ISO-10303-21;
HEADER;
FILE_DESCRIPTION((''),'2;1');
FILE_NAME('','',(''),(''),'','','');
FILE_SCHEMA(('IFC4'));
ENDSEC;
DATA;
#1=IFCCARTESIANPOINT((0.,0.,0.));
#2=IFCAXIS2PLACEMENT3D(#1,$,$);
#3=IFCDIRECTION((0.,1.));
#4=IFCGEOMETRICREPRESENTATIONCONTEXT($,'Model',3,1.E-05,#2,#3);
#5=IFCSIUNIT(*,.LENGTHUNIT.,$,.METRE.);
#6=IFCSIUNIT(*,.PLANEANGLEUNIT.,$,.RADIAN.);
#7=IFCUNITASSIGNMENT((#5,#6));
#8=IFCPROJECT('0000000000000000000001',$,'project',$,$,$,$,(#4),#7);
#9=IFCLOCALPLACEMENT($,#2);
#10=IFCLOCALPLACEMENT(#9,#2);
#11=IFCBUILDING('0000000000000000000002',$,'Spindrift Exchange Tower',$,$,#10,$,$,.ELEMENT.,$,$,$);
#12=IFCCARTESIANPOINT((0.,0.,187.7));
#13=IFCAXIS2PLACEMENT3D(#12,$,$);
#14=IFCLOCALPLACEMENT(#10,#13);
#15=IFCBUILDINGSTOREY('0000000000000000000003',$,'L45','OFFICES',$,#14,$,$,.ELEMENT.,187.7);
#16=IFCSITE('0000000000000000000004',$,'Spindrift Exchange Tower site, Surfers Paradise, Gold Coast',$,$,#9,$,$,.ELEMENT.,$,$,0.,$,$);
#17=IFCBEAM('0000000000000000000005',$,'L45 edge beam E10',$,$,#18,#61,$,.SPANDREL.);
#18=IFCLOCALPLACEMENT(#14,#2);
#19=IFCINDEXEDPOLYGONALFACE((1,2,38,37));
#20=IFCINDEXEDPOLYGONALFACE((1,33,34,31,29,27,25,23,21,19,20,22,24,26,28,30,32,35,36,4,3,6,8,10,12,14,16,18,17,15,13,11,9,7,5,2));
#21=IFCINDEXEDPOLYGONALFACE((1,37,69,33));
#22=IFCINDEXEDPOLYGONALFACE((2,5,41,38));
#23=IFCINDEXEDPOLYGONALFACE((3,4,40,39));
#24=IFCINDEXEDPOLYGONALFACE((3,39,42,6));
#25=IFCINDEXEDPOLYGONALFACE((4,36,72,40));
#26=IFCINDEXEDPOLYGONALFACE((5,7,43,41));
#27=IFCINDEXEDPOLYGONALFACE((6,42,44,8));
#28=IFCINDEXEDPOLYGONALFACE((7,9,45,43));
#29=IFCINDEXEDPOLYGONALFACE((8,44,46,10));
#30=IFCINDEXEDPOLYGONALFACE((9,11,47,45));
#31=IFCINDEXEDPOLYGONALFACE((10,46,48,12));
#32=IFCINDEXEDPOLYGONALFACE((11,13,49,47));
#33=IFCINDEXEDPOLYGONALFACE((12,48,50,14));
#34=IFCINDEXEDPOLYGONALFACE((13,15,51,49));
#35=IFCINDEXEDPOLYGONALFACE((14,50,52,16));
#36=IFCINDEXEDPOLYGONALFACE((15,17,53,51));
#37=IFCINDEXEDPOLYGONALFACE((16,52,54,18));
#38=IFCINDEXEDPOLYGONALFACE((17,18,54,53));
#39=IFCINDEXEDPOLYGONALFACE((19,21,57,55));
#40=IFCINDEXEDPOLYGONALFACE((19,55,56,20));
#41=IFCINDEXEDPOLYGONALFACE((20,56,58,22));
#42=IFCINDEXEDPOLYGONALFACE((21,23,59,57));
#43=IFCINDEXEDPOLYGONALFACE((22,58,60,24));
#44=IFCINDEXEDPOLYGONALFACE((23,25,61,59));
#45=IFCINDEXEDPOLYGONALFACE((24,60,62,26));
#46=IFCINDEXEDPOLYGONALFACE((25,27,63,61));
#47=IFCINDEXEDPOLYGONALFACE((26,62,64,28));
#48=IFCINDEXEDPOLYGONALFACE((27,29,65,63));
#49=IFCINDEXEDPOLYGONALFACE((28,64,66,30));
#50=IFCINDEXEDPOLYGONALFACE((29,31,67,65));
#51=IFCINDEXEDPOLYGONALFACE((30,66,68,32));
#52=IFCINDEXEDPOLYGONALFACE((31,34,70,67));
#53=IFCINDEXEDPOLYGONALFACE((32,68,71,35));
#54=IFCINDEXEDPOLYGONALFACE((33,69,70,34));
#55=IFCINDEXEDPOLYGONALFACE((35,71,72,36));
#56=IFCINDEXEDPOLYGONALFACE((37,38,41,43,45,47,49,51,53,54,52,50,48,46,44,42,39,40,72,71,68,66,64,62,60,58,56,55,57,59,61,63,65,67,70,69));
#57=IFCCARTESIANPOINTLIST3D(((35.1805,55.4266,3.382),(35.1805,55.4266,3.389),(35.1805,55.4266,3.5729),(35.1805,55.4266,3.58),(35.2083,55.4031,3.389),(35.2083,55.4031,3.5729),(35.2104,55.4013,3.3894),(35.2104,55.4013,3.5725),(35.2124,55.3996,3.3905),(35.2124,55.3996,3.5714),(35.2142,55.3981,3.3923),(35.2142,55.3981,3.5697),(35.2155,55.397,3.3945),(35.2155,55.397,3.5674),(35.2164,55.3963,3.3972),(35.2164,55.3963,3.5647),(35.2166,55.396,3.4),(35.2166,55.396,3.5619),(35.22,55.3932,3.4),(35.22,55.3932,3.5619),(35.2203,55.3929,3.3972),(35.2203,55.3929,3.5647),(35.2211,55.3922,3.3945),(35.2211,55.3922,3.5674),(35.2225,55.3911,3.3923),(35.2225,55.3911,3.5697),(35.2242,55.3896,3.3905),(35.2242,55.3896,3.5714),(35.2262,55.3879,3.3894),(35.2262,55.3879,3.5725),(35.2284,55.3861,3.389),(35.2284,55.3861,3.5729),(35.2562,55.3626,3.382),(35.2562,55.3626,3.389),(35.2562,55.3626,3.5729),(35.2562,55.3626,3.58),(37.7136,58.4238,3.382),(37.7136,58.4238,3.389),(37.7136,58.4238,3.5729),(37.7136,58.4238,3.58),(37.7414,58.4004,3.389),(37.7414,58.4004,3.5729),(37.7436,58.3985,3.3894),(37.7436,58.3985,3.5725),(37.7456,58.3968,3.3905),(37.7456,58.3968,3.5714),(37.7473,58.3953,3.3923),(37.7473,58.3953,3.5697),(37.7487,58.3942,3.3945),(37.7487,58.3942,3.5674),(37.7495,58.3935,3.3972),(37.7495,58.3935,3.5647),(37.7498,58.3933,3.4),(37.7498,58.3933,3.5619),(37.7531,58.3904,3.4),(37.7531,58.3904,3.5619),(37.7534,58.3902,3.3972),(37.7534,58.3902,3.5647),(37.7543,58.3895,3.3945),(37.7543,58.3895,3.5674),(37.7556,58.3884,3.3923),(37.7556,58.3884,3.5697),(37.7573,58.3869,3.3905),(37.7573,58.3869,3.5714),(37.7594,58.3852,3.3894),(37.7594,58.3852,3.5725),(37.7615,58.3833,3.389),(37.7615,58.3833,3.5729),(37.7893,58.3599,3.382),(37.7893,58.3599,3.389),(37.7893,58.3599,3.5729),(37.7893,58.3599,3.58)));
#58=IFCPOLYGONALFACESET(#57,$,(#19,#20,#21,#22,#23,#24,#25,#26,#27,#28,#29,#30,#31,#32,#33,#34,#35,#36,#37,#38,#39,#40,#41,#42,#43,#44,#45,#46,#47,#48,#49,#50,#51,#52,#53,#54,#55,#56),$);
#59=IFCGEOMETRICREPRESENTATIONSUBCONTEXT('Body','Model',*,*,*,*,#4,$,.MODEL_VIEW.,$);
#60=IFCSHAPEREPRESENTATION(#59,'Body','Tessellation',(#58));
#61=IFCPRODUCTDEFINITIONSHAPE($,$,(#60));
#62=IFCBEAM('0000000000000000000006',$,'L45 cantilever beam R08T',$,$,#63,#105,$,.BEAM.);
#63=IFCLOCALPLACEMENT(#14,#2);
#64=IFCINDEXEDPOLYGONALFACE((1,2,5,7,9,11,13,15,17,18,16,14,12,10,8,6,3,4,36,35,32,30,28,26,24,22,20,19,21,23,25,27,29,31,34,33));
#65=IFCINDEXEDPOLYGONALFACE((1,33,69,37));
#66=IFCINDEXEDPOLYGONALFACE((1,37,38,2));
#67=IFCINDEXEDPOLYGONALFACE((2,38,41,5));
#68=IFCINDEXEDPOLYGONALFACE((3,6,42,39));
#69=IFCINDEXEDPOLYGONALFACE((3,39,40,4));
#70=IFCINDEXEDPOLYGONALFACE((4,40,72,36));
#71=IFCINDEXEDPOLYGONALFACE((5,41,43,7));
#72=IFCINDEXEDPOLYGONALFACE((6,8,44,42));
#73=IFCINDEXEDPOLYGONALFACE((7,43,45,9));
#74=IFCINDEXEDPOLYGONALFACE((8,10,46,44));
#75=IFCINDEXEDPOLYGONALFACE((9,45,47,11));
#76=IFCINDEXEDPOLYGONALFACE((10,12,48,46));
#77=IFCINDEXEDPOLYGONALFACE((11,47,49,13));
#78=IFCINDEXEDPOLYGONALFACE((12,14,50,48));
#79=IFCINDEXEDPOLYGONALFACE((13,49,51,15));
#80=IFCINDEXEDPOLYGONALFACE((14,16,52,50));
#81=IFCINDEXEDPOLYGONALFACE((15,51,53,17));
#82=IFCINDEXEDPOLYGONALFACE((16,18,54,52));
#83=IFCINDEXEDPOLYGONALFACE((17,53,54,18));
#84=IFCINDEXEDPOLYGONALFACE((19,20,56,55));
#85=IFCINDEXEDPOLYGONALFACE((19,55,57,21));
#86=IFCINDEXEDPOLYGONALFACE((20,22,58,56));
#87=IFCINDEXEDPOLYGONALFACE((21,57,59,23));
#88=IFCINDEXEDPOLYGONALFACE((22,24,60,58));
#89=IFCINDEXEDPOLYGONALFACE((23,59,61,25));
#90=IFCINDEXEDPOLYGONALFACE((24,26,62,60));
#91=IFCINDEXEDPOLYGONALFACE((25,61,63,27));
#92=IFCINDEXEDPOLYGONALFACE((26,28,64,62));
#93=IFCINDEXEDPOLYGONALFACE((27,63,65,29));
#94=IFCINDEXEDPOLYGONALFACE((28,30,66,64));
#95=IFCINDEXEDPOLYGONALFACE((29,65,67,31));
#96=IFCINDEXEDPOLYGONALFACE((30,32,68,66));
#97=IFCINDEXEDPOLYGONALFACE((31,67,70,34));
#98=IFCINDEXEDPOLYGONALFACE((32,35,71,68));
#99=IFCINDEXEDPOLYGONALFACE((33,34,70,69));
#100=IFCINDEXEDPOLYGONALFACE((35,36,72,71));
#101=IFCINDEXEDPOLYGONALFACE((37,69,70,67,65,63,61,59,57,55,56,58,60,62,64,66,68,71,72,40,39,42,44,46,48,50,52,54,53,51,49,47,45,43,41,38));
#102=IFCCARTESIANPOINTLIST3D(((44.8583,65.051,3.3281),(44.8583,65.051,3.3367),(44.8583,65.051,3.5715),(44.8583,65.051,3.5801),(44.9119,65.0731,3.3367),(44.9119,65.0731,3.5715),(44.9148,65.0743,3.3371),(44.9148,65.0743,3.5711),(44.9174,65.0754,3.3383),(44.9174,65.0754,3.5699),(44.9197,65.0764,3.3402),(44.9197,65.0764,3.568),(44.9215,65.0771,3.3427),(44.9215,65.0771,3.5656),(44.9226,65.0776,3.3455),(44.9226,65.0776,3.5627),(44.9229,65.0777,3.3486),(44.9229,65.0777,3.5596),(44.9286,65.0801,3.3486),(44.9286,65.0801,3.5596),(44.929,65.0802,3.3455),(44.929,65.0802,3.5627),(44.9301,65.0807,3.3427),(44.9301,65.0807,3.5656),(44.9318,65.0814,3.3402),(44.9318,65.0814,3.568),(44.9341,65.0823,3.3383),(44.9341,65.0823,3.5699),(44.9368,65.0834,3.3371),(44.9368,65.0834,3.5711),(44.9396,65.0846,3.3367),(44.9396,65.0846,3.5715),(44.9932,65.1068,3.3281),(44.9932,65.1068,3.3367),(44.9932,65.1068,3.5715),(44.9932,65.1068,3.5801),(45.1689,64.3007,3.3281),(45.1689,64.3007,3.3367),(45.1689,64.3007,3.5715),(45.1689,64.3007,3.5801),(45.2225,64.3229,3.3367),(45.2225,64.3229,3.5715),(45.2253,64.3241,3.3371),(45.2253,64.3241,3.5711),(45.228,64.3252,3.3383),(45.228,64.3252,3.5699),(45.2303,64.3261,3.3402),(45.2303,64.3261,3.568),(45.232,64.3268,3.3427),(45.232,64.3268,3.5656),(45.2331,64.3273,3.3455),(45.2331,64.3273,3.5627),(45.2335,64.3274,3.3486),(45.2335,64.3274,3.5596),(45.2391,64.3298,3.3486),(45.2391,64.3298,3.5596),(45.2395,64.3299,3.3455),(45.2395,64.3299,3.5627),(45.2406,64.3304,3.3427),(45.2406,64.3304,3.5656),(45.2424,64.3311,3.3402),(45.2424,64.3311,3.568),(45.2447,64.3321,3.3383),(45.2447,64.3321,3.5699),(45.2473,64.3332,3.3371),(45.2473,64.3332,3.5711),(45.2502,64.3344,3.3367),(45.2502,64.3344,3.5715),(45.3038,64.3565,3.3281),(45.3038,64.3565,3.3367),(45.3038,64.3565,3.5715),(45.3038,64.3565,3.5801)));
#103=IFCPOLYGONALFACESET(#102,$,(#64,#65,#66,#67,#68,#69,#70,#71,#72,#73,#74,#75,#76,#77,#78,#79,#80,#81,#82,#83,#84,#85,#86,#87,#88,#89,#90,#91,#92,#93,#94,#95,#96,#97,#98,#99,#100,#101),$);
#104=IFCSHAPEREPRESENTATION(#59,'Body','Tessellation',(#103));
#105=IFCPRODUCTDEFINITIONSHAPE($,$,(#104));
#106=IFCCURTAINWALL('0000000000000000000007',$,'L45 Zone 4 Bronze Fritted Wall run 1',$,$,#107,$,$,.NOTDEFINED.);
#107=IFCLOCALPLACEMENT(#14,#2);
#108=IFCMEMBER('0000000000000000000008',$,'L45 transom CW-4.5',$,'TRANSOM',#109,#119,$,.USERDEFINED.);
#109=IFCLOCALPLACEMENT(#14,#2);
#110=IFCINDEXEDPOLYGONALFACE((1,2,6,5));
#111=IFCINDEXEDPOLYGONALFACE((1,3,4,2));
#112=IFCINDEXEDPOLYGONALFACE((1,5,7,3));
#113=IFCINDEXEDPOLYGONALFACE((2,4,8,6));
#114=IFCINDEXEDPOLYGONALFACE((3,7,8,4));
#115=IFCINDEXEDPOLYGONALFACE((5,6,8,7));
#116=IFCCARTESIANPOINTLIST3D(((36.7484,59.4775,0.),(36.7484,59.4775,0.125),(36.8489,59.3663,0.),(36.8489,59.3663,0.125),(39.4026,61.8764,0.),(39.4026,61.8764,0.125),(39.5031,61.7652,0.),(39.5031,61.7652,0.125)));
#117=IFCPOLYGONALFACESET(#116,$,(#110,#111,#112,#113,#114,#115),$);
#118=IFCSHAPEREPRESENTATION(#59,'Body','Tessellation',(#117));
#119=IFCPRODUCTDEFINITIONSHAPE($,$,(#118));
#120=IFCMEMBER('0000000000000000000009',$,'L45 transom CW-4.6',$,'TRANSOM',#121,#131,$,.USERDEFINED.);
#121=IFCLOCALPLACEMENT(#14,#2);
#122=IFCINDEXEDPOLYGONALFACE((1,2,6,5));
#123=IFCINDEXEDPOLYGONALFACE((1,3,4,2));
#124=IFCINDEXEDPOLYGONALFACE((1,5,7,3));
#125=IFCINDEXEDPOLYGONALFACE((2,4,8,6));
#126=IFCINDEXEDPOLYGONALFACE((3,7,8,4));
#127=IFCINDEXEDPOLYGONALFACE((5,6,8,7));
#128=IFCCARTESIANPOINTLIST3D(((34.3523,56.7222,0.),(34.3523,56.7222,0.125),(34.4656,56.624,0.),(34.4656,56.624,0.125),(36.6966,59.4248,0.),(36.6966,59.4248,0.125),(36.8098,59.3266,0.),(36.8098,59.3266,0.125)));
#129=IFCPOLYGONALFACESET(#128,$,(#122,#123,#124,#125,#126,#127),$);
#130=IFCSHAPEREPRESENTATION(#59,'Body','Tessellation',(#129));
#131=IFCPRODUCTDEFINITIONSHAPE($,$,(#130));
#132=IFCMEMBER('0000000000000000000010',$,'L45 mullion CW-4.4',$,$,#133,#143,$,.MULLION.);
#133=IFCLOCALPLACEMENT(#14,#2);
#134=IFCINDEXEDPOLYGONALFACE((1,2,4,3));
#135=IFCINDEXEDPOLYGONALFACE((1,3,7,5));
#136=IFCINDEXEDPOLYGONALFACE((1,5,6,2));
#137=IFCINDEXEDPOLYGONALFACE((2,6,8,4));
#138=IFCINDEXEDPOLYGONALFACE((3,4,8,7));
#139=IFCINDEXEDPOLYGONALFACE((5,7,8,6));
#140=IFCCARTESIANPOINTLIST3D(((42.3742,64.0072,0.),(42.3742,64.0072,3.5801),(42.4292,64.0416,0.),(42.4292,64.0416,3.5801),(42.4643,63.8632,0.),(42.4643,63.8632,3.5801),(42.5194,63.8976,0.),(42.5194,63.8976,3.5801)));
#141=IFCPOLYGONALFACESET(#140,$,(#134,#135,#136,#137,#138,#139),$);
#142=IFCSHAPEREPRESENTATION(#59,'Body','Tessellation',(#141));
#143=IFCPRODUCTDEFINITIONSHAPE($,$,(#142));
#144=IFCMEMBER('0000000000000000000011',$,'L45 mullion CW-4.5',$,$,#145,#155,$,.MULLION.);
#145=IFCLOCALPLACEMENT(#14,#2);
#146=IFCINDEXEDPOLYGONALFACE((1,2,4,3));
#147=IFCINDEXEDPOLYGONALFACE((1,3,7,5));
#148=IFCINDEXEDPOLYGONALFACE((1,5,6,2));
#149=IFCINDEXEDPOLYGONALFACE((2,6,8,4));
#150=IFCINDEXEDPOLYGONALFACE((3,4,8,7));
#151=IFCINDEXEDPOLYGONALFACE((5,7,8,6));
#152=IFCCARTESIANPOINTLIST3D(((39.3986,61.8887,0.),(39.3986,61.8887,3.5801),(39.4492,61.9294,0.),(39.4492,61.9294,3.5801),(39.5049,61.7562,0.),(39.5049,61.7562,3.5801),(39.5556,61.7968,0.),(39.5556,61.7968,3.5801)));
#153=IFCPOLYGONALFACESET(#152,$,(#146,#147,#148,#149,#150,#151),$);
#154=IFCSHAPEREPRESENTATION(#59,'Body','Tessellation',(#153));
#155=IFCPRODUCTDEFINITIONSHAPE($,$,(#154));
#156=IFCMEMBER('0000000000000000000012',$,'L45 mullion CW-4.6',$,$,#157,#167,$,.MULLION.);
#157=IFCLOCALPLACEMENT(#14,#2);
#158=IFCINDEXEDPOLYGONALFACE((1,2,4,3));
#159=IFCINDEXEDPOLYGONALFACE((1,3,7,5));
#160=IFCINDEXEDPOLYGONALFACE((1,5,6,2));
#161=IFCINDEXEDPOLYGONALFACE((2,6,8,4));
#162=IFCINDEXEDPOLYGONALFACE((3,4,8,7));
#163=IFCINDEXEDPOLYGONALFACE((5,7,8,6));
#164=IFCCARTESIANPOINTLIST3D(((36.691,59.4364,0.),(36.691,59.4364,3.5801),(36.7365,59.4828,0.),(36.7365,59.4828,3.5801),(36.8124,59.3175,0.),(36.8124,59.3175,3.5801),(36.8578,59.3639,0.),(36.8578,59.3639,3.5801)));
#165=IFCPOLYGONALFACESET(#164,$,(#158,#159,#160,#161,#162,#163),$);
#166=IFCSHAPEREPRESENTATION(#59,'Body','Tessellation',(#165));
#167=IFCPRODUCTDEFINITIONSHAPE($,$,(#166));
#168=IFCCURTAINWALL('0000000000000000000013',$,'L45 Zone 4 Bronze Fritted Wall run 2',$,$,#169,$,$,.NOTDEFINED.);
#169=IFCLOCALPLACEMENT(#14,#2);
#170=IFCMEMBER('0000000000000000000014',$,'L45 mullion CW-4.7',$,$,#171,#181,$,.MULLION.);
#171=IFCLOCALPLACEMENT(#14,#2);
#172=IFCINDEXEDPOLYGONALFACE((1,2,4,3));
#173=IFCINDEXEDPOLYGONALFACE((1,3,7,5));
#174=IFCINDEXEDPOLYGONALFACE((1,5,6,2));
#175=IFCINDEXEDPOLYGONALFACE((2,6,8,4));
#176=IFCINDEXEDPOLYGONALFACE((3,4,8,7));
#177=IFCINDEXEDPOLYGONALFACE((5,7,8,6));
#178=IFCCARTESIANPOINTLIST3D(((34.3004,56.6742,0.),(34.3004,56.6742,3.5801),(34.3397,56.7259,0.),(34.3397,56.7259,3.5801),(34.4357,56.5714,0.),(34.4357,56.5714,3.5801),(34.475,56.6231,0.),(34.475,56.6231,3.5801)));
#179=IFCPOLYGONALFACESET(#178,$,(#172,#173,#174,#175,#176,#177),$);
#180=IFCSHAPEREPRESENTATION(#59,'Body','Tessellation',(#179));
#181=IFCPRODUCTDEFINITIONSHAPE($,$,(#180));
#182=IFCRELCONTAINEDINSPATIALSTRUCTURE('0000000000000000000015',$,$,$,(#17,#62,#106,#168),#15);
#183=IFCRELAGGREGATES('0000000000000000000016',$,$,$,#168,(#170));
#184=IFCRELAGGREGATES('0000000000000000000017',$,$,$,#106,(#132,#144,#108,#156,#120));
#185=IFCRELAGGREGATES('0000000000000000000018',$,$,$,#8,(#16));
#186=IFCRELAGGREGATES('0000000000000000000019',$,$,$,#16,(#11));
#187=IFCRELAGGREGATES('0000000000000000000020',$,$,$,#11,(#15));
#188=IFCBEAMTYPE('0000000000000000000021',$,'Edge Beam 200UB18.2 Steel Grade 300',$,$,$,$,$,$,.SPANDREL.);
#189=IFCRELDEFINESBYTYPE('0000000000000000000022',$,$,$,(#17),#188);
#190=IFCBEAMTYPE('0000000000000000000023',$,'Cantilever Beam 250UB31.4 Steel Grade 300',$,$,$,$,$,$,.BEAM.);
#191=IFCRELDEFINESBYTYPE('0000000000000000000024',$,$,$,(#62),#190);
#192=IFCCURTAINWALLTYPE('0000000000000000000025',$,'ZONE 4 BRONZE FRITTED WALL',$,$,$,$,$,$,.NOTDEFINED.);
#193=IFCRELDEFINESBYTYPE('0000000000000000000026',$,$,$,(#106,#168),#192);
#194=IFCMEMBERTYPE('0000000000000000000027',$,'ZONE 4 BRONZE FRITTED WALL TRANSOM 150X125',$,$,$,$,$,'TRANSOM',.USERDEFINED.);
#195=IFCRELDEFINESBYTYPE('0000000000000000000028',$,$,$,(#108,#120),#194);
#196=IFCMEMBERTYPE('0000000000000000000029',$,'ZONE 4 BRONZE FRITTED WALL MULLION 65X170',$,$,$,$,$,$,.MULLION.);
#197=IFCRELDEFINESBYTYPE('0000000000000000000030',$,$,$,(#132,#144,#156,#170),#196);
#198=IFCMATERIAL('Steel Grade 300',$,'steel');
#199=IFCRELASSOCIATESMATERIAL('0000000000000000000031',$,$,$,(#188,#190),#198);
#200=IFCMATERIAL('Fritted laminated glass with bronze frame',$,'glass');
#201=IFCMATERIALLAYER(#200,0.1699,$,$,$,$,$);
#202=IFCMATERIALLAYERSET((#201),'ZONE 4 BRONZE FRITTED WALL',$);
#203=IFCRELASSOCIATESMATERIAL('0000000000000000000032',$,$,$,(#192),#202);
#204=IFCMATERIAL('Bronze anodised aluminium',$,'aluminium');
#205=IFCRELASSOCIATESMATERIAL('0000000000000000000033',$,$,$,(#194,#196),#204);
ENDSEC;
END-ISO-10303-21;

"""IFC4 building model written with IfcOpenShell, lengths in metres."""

from ifc_helpers import new_model, si_unit, direction, frame, origin, origin_2d, place, context, subcontext, project, spatial, rectangle, i_section, extrude, source, transform, mapped, material, layer, layer_set, material_profile, profile_set, type_object, element, aggregate, save


model = new_model("IFC4")

# Units and contexts
model_context = context("Model", 3, precision=1e-05, world=origin(), true_north=direction((0.0, 1.0)))
body_context = subcontext(model_context, "Body", "Model", "MODEL_VIEW")
ifc_project = project(units=[si_unit("LENGTHUNIT", "METRE"), si_unit("PLANEANGLEUNIT", "RADIAN")], contexts=[model_context])

# Site, building, storey
site_placement = place(None, origin())
site = spatial("IfcSite", under=ifc_project, at=site_placement, Name="Spindrift Exchange Tower site, Surfers Paradise, Gold Coast", CompositionType="ELEMENT", RefElevation=0.0)
building_placement = place(site_placement, origin())
building = spatial("IfcBuilding", under=site, at=building_placement, Name="Spindrift Exchange Tower", CompositionType="ELEMENT")
storey_placement = place(building_placement, frame((0.0, 0.0, 187.7)))
storey = spatial("IfcBuildingStorey", under=building, at=storey_placement, Name="L45", Description="OFFICES", CompositionType="ELEMENT", Elevation=187.7)

# Beams
ifc_material_1 = material(Name="Steel Grade 300", Category="steel")
ifc_material_profile_1 = material_profile(ifc_material_1, i_section(OverallWidth=0.0991, OverallDepth=0.198, WebThickness=0.0044, FlangeThickness=0.0071, FilletRadius=0.011, at=origin_2d()), Name="200UB18.2")
ifc_profile_set_1 = profile_set([ifc_material_profile_1], Name="Steel Grade 300")
beam_type_1 = type_object("IfcBeamType", Name="Edge Beam 200UB18.2 Steel Grade 300", PredefinedType="SPANDREL", material=ifc_profile_set_1)
shared_shape_1 = source(origin(), body_context, "Body", "SweptSolid", [
    extrude(i_section(OverallWidth=0.0991, OverallDepth=0.198, WebThickness=0.0044, FlangeThickness=0.0071, FilletRadius=0.011, at=origin_2d()), origin(), (0.0, 0.0, 1.0), 3.9243),
])
beam_1_placement = place(storey_placement, frame((37.7515, 58.3918, 3.481), z_axis=(-0.645499, -0.763761, 0.0), x_axis=(0.763761, -0.645499, 0.0)))
element("IfcBeam", 1, at=beam_1_placement, inside=storey, type_object=beam_type_1, Name="L45 edge beam E10", PredefinedType="SPANDREL", context=body_context, shape_type="MappedRepresentation", body=[
    mapped(shared_shape_1, transform((0.0, 0.0, 0.0), scale=1.0)),
])
ifc_material_profile_2 = material_profile(ifc_material_1, i_section(OverallWidth=0.146, OverallDepth=0.252, WebThickness=0.0061, FlangeThickness=0.0085, FilletRadius=0.012, at=origin_2d()), Name="250UB31.4")
ifc_profile_set_2 = profile_set([ifc_material_profile_2], Name="Steel Grade 300")
beam_type_2 = type_object("IfcBeamType", Name="Cantilever Beam 250UB31.4 Steel Grade 300", PredefinedType="BEAM", material=ifc_profile_set_2)
shared_shape_2 = source(origin(), body_context, "Body", "SweptSolid", [
    extrude(i_section(OverallWidth=0.146, OverallDepth=0.252, WebThickness=0.0061, FlangeThickness=0.0085, FilletRadius=0.012, at=origin_2d()), origin(), (0.0, 0.0, 1.0), 0.812),
])
beam_2_placement = place(storey_placement, frame((45.2363, 64.3286, 3.4541), z_axis=(-0.382458, 0.923973, 0.0), x_axis=(-0.923973, -0.382458, 0.0)))
element("IfcBeam", 2, at=beam_2_placement, inside=storey, type_object=beam_type_2, Name="L45 cantilever beam R08T", PredefinedType="BEAM", context=body_context, shape_type="MappedRepresentation", body=[
    mapped(shared_shape_2, transform((0.0, 0.0, 0.0), scale=1.0)),
])

# Curtain wall, members
ifc_material_2 = material(Name="Fritted laminated glass with bronze frame", Category="glass")
ifc_layer_1 = layer(ifc_material_2, 0.1699)
ifc_layer_set_1 = layer_set([ifc_layer_1], Name="ZONE 4 BRONZE FRITTED WALL")
curtain_wall_type = type_object("IfcCurtainWallType", Name="ZONE 4 BRONZE FRITTED WALL", PredefinedType="NOTDEFINED", material=ifc_layer_set_1)
curtain_wall_1_placement = place(storey_placement, origin())
curtain_wall_1 = element("IfcCurtainWall", 3, at=curtain_wall_1_placement, inside=storey, type_object=curtain_wall_type, Name="L45 Zone 4 Bronze Fritted Wall run 1", PredefinedType="NOTDEFINED")
ifc_material_3 = material(Name="Bronze anodised aluminium", Category="aluminium")
ifc_material_profile_3 = material_profile(ifc_material_3, rectangle(XDim=0.1499, YDim=0.125, at=origin_2d()), Name="ZONE 4 BRONZE FRITTED WALL TRANSOM 150X125")
ifc_profile_set_3 = profile_set([ifc_material_profile_3], Name="Bronze anodised aluminium")
member_type_1 = type_object("IfcMemberType", Name="ZONE 4 BRONZE FRITTED WALL TRANSOM 150X125", ElementType="TRANSOM", PredefinedType="USERDEFINED", material=ifc_profile_set_3)
shared_shape_3 = source(origin(), body_context, "Body", "SweptSolid", [
    extrude(rectangle(XDim=0.1499, YDim=0.125, at=origin_2d()), origin(), (0.0, 0.0, 1.0), 3.5776),
])
member_1_placement = place(storey_placement, frame((39.4529, 61.8208, 0.0625), z_axis=(-0.741895, -0.670517, 0.0), x_axis=(0.670517, -0.741895, 0.0)))
member_1 = element("IfcMember", 4, at=member_1_placement, type_object=member_type_1, Name="L45 transom CW-4.5", ObjectType="TRANSOM", PredefinedType="USERDEFINED", context=body_context, shape_type="MappedRepresentation", body=[
    mapped(shared_shape_3, transform((0.0, 0.0, 0.0), scale=1.0)),
])
member_2_placement = place(storey_placement, frame((36.7532, 59.3757, 0.0625), z_axis=(-0.655242, -0.755419, 0.0), x_axis=(0.755419, -0.655242, 0.0)))
member_2 = element("IfcMember", 5, at=member_2_placement, type_object=member_type_1, Name="L45 transom CW-4.6", ObjectType="TRANSOM", PredefinedType="USERDEFINED", context=body_context, shape_type="MappedRepresentation", body=[
    mapped(shared_shape_3, transform((0.0, 0.0, 0.0), scale=1.0)),
])
ifc_material_profile_4 = material_profile(ifc_material_3, rectangle(XDim=0.0649, YDim=0.1699, at=origin_2d()), Name="ZONE 4 BRONZE FRITTED WALL MULLION 65X170")
ifc_profile_set_4 = profile_set([ifc_material_profile_4], Name="Bronze anodised aluminium")
member_type_2 = type_object("IfcMemberType", Name="ZONE 4 BRONZE FRITTED WALL MULLION 65X170", PredefinedType="MULLION", material=ifc_profile_set_4)
shared_shape_4 = source(origin(), body_context, "Body", "SweptSolid", [
    extrude(rectangle(XDim=0.0649, YDim=0.1699, at=origin_2d()), origin(), (0.0, 0.0, 1.0), 3.5801),
])
member_3_placement = place(storey_placement, frame((42.4468, 63.9524, 0.0), z_axis=(0.0, 0.0, 1.0), x_axis=(-0.847554, -0.530709, 0.0)))
member_3 = element("IfcMember", 6, at=member_3_placement, type_object=member_type_2, Name="L45 mullion CW-4.4", PredefinedType="MULLION", context=body_context, shape_type="MappedRepresentation", body=[
    mapped(shared_shape_4, transform((0.0, 0.0, 0.0), scale=1.0)),
])
member_4_placement = place(storey_placement, frame((39.4771, 61.8428, 0.0), z_axis=(0.0, 0.0, 1.0), x_axis=(-0.77991, -0.625892, 0.0)))
member_4 = element("IfcMember", 7, at=member_4_placement, type_object=member_type_2, Name="L45 mullion CW-4.5", PredefinedType="MULLION", context=body_context, shape_type="MappedRepresentation", body=[
    mapped(shared_shape_4, transform((0.0, 0.0, 0.0), scale=1.0)),
])
member_5_placement = place(storey_placement, frame((36.7744, 59.4001, 0.0), z_axis=(0.0, 0.0, 1.0), x_axis=(-0.699862, -0.714278, 0.0)))
member_5 = element("IfcMember", 8, at=member_5_placement, type_object=member_type_2, Name="L45 mullion CW-4.6", PredefinedType="MULLION", context=body_context, shape_type="MappedRepresentation", body=[
    mapped(shared_shape_4, transform((0.0, 0.0, 0.0), scale=1.0)),
])

# Curtain wall, member
curtain_wall_2_placement = place(storey_placement, origin())
curtain_wall_2 = element("IfcCurtainWall", 9, at=curtain_wall_2_placement, inside=storey, type_object=curtain_wall_type, Name="L45 Zone 4 Bronze Fritted Wall run 2", PredefinedType="NOTDEFINED")
member_6_placement = place(storey_placement, frame((34.3877, 56.6487, 0.0), z_axis=(0.0, 0.0, 1.0), x_axis=(-0.605059, -0.796181, 0.0)))
member_6 = element("IfcMember", 10, at=member_6_placement, type_object=member_type_2, Name="L45 mullion CW-4.7", PredefinedType="MULLION", context=body_context, shape_type="MappedRepresentation", body=[
    mapped(shared_shape_4, transform((0.0, 0.0, 0.0), scale=1.0)),
])

aggregate(curtain_wall_2, [member_6])

aggregate(curtain_wall_1, [member_3, member_4, member_1, member_5, member_2])

save(model, "model.ifc")
